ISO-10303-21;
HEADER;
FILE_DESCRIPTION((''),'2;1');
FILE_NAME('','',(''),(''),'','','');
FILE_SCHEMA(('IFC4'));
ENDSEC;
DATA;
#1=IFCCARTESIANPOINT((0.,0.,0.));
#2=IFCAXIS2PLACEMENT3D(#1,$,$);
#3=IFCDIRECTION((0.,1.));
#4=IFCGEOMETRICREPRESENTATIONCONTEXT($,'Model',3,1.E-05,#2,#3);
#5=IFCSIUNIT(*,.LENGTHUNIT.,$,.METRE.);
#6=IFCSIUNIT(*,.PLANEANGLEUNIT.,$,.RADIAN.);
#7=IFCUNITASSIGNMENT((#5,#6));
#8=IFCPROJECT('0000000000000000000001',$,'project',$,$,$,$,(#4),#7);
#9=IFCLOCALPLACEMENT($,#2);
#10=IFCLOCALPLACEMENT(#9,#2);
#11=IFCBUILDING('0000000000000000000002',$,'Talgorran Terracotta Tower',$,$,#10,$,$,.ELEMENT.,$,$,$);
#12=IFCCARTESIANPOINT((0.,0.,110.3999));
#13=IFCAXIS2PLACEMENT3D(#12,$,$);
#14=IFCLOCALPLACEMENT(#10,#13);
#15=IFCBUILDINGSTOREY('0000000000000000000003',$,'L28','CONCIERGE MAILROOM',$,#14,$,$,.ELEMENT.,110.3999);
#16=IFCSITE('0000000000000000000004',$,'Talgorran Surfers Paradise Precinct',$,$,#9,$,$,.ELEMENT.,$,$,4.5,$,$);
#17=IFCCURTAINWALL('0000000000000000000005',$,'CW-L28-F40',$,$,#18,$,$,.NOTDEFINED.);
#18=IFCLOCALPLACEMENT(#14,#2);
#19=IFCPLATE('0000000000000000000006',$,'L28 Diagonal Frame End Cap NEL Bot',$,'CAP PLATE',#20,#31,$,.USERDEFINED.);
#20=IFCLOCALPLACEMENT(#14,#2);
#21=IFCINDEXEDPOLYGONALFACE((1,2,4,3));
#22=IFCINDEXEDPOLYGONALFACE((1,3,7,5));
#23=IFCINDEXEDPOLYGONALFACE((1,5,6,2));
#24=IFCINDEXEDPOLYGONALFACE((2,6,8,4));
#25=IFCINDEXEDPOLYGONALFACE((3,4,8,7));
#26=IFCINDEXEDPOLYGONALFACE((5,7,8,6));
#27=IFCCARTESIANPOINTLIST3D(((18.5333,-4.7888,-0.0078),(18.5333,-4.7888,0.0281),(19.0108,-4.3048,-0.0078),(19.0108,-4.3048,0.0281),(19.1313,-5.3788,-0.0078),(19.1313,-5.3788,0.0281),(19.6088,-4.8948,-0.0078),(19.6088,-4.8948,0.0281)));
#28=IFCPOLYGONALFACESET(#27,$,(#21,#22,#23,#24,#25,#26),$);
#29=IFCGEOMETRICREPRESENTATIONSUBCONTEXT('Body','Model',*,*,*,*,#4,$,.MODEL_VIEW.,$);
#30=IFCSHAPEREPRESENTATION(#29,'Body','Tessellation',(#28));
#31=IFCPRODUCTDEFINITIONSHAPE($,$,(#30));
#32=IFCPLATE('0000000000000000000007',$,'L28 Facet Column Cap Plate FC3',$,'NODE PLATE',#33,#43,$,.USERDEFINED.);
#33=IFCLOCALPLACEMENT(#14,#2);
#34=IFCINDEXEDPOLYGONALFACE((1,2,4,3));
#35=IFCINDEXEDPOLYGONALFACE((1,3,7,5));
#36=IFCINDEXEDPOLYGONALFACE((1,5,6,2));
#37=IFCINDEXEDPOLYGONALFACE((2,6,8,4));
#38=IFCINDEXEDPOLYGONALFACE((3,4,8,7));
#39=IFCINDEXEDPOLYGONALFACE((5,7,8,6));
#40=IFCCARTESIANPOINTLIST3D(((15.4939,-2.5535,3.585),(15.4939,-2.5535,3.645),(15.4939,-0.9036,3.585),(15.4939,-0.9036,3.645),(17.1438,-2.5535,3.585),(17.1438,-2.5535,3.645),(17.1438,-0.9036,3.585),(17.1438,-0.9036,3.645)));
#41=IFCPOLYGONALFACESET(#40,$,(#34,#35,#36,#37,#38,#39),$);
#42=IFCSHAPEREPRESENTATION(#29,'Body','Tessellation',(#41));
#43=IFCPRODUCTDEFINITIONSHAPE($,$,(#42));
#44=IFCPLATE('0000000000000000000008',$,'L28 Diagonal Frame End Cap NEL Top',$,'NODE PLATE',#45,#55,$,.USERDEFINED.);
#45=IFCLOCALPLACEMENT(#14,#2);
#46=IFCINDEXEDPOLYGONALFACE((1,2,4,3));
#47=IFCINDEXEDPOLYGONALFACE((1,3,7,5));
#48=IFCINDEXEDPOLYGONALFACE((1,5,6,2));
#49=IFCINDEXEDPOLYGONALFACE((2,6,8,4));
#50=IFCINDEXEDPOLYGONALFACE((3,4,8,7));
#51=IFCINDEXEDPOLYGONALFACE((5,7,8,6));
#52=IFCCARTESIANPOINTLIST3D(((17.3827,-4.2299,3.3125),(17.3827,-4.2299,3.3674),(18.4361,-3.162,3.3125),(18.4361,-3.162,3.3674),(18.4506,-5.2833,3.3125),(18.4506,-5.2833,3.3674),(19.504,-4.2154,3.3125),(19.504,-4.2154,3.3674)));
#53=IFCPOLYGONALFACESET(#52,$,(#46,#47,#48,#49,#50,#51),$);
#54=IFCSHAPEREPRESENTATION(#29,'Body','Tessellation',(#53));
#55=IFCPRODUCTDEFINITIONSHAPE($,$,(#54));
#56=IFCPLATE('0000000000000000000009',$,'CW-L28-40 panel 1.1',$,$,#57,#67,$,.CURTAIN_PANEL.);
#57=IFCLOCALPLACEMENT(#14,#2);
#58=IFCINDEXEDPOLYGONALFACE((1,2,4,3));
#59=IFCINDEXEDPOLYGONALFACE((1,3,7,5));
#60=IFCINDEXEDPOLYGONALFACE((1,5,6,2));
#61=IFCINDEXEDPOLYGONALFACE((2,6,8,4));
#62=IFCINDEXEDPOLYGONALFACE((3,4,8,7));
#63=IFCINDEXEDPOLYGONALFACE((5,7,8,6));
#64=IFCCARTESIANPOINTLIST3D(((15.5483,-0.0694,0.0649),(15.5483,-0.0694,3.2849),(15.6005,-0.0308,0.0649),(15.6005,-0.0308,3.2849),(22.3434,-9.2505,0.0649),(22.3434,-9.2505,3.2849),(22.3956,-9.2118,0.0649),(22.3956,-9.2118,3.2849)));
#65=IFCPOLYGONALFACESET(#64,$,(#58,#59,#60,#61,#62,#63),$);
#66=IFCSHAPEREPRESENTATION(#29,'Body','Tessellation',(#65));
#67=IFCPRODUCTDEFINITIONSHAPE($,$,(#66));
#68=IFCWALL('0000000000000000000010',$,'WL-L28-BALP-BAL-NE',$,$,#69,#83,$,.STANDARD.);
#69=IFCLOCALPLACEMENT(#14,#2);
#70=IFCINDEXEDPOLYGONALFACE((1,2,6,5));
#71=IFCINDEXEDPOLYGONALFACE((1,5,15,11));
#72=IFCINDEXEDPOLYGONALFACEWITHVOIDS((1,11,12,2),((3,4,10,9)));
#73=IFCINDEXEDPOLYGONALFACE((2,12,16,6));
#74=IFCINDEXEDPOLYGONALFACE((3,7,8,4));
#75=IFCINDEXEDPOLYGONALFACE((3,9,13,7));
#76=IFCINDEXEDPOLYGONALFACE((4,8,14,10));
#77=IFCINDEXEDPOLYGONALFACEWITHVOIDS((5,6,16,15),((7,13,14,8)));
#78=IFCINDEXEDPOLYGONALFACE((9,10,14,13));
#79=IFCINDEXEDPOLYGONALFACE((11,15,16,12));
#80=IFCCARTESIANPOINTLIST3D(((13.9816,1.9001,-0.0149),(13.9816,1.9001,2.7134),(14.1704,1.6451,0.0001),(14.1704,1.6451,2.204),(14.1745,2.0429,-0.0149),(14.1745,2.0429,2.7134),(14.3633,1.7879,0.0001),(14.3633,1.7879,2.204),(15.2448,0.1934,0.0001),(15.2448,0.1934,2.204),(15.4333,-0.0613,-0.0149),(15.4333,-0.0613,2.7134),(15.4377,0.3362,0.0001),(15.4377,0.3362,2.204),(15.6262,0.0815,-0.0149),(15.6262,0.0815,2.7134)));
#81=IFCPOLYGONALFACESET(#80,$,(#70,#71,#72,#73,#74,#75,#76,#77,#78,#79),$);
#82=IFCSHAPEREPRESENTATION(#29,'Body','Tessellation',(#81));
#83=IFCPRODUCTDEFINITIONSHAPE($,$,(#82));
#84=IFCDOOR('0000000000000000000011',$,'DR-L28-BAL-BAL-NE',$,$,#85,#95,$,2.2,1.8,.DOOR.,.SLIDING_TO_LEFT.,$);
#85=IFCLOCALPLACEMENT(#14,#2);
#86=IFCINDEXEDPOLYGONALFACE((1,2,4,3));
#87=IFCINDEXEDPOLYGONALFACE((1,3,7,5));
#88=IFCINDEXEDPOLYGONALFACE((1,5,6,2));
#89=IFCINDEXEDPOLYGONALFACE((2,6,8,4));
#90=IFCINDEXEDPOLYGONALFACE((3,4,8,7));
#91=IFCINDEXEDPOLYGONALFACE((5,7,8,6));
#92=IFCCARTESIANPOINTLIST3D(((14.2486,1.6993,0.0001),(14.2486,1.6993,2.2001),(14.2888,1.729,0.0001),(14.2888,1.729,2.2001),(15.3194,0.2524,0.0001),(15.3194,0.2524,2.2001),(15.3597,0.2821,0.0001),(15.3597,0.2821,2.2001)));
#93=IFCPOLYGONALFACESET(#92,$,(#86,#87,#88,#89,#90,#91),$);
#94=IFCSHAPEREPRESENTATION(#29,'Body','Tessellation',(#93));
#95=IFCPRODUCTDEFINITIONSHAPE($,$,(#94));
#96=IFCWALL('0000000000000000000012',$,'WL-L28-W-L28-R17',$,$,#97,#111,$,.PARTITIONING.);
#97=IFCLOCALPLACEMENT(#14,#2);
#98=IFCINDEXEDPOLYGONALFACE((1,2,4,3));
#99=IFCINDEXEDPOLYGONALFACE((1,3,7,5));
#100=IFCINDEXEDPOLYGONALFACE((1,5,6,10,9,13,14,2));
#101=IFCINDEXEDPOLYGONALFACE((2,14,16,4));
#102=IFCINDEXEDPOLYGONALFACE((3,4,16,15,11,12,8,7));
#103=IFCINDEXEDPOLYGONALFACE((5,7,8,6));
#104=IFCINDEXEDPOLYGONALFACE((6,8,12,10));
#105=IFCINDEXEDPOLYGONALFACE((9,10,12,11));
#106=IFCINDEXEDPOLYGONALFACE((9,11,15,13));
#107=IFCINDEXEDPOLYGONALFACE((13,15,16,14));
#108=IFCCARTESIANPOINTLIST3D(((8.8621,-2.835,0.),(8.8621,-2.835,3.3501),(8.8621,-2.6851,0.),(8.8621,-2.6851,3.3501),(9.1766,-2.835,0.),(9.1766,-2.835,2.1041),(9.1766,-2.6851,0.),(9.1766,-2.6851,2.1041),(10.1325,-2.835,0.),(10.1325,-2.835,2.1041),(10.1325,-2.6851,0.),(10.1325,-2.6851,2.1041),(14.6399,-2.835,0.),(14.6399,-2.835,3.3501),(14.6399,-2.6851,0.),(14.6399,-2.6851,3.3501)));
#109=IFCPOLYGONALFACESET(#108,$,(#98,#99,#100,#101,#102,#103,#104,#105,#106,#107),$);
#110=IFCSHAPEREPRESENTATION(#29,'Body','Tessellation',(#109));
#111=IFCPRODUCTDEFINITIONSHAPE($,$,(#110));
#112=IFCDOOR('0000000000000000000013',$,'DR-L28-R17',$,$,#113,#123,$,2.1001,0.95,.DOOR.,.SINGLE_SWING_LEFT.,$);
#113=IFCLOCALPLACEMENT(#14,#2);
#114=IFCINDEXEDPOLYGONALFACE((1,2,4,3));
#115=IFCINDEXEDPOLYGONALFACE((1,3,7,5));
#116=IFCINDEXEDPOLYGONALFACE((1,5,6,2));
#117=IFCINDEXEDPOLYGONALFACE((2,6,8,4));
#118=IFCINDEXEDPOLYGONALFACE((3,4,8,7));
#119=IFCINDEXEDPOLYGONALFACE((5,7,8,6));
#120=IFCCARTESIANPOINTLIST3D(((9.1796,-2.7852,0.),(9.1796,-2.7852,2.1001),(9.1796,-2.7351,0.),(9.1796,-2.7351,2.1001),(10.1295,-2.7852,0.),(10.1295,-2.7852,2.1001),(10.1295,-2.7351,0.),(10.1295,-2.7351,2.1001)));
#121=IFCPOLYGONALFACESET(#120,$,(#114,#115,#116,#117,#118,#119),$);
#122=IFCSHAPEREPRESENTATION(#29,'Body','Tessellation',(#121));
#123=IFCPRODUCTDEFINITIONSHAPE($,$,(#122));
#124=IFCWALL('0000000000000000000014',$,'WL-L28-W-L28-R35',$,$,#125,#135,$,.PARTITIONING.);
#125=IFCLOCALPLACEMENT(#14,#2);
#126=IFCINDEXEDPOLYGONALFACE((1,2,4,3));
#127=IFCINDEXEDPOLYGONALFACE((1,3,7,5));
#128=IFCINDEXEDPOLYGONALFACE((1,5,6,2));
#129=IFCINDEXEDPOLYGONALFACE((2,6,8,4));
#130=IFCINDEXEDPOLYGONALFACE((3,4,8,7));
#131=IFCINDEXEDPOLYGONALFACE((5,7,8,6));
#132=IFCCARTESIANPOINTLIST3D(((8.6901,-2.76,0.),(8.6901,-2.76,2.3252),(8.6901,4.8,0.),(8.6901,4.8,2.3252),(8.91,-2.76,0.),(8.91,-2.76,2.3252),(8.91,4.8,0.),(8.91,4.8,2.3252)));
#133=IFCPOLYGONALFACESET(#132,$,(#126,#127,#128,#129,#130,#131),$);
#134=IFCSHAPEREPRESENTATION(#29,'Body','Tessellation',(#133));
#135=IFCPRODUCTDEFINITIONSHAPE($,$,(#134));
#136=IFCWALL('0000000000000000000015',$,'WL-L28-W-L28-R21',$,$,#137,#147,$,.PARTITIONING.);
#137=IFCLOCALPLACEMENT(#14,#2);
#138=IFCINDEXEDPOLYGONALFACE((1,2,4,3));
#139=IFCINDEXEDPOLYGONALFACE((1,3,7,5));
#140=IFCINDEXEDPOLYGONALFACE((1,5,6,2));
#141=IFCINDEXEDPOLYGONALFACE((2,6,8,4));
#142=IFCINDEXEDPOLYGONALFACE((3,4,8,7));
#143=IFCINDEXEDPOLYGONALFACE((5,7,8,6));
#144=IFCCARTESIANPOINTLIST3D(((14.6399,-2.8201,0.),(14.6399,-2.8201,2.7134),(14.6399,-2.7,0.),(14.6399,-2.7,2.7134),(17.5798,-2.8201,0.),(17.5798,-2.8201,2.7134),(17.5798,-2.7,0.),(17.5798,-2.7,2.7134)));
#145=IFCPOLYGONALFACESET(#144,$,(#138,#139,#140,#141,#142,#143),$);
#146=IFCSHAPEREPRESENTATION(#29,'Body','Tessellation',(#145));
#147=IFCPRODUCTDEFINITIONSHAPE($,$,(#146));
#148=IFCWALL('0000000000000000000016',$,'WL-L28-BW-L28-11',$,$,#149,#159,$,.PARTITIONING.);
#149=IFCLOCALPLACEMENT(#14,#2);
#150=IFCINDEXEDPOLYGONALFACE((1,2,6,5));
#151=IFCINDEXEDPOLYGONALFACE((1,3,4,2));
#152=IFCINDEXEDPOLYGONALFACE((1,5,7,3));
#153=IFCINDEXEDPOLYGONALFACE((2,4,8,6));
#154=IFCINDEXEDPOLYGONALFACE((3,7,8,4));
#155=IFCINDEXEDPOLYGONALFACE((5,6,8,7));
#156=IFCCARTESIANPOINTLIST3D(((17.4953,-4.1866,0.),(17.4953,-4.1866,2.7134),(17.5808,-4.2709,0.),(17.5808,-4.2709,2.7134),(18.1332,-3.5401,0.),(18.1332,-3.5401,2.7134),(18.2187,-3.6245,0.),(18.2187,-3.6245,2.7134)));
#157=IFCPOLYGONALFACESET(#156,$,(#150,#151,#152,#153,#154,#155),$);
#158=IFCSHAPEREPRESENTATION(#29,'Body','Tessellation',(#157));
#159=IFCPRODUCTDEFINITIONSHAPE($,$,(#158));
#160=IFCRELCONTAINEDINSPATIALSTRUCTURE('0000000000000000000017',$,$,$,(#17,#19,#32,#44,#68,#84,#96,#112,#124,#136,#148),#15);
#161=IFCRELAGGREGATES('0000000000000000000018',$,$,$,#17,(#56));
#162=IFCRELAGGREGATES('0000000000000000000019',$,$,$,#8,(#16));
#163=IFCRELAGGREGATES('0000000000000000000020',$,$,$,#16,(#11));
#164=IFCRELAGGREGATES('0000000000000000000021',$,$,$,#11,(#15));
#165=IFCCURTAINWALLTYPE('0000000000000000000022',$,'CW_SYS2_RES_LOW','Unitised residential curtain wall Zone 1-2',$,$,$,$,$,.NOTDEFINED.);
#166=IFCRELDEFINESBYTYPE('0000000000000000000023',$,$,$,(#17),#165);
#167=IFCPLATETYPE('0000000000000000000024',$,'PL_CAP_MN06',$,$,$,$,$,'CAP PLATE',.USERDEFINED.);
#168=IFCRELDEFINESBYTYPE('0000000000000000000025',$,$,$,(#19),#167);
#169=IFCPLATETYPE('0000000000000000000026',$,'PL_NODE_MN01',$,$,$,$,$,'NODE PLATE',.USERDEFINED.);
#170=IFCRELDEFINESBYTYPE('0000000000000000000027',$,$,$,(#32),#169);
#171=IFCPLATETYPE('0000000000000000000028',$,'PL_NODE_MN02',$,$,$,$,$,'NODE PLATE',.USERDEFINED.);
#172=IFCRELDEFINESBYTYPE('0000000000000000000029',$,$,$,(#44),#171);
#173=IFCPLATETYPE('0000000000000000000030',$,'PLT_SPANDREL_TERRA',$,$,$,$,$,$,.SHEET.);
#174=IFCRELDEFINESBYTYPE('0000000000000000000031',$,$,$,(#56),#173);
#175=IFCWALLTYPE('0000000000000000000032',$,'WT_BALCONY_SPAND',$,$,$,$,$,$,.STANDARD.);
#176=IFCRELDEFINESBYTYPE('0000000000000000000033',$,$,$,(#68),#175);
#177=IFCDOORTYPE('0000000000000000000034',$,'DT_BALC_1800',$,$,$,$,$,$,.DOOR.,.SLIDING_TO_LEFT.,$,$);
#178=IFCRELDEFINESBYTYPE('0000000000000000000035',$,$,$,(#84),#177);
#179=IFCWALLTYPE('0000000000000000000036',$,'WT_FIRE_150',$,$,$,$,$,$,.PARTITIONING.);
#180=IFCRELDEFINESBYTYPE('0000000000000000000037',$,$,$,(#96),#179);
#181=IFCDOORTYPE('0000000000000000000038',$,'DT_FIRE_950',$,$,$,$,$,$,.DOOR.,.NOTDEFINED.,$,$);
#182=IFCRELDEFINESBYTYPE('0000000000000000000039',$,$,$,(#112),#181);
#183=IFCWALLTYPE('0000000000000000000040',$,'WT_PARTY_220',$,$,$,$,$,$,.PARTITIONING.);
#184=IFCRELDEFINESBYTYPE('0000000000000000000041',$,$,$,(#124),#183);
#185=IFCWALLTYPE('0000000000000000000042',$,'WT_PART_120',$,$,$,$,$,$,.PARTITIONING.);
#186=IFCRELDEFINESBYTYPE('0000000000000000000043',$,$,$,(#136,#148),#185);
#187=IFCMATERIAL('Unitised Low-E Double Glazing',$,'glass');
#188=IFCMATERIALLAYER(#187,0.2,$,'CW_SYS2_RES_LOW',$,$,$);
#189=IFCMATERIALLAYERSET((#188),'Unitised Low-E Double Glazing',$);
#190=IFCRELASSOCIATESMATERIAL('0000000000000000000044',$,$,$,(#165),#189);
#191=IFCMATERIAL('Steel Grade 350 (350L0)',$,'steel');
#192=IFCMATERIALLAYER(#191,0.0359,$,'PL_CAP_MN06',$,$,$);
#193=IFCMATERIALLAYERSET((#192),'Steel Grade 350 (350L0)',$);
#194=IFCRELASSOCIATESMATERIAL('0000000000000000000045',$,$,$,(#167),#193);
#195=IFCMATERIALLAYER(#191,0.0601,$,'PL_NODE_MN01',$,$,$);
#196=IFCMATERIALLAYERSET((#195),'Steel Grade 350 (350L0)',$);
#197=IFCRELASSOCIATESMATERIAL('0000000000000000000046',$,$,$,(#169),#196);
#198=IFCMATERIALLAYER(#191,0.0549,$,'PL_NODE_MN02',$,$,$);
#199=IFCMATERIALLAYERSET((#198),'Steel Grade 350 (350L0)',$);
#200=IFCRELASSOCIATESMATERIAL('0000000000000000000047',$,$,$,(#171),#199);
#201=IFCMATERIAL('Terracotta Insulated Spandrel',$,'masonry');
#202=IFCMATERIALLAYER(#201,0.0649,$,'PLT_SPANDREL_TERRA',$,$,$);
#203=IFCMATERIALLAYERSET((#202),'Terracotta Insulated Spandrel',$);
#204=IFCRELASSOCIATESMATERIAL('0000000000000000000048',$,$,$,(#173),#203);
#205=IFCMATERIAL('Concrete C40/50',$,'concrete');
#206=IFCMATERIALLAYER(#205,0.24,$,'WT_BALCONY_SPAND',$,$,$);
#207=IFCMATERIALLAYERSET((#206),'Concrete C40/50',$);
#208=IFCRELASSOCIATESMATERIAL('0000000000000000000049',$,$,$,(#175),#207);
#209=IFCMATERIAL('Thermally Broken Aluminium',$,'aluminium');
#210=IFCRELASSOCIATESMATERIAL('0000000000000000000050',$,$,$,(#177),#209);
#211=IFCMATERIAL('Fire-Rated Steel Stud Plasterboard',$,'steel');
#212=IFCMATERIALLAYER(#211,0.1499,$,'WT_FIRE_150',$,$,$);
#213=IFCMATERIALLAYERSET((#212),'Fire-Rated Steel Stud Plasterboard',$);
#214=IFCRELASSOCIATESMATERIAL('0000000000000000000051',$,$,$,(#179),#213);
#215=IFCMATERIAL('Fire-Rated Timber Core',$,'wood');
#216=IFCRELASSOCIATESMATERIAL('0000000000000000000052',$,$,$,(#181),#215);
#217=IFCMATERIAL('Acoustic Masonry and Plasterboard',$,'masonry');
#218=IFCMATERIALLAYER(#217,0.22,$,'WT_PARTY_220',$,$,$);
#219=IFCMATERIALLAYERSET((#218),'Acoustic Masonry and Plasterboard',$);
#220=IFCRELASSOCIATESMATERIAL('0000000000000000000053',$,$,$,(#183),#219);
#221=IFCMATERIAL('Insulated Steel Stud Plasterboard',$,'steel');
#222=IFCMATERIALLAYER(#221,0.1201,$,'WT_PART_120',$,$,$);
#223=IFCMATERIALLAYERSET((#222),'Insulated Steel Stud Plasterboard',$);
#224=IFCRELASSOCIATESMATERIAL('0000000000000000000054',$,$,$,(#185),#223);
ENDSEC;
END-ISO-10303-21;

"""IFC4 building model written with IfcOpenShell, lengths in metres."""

from ifc_helpers import new_model, si_unit, direction, frame, frame_2d, origin, origin_2d, place, context, subcontext, project, spatial, rectangle, extrude, source, transform, mapped, material, layer, layer_set, type_object, type_shapes, element, fill, aggregate, save


model = new_model("IFC4")

# Units and contexts
model_context = context("Model", 3, precision=1e-05, world=origin(), true_north=direction((0.0, 1.0)))
body_context = subcontext(model_context, "Body", "Model", "MODEL_VIEW")
ifc_project = project(units=[si_unit("LENGTHUNIT", "METRE"), si_unit("PLANEANGLEUNIT", "RADIAN")], contexts=[model_context])

# Site, building, storey
site_placement = place(None, origin())
site = spatial("IfcSite", under=ifc_project, at=site_placement, Name="Talgorran Surfers Paradise Precinct", CompositionType="ELEMENT", RefElevation=4.5)
building_placement = place(site_placement, origin())
building = spatial("IfcBuilding", under=site, at=building_placement, Name="Talgorran Terracotta Tower", CompositionType="ELEMENT")
storey_placement = place(building_placement, frame((0.0, 0.0, 110.3999)))
storey = spatial("IfcBuildingStorey", under=building, at=storey_placement, Name="L28", Description="CONCIERGE MAILROOM", CompositionType="ELEMENT", Elevation=110.3999)

# Shared definitions
ifc_material_1 = material(Name="Steel Grade 350 (350L0)", Category="steel")

# Curtain wall
ifc_material_2 = material(Name="Unitised Low-E Double Glazing", Category="glass")
ifc_layer_1 = layer(ifc_material_2, 0.2, Name="CW_SYS2_RES_LOW")
ifc_layer_set_1 = layer_set([ifc_layer_1], Name="Unitised Low-E Double Glazing")
curtain_wall_type = type_object("IfcCurtainWallType", Name="CW_SYS2_RES_LOW", Description="Unitised residential curtain wall Zone 1-2", PredefinedType="NOTDEFINED", material=ifc_layer_set_1)
curtain_wall_1_placement = place(storey_placement, origin())
curtain_wall_1 = element("IfcCurtainWall", 1, at=curtain_wall_1_placement, inside=storey, type_object=curtain_wall_type, Name="CW-L28-F40", PredefinedType="NOTDEFINED")

# Plates
ifc_layer_2 = layer(ifc_material_1, 0.0359, Name="PL_CAP_MN06")
ifc_layer_set_2 = layer_set([ifc_layer_2], Name="Steel Grade 350 (350L0)")
plate_type_1 = type_object("IfcPlateType", Name="PL_CAP_MN06", ElementType="CAP PLATE", PredefinedType="USERDEFINED", material=ifc_layer_set_2)
plate_1_placement = place(storey_placement, frame((19.071, -4.8418, -0.0078), z_axis=(0.0, 0.0, 1.0), x_axis=(-0.711903, 0.702277, 0.0)))
element("IfcPlate", 2, at=plate_1_placement, inside=storey, type_object=plate_type_1, Name="L28 Diagonal Frame End Cap NEL Bot", ObjectType="CAP PLATE", PredefinedType="USERDEFINED", context=body_context, shape_type="SweptSolid", body=[
    extrude(rectangle(XDim=0.8401, YDim=0.6799, at=origin_2d()), origin(), (0.0, 0.0, 1.0), 0.0359),
])
ifc_layer_3 = layer(ifc_material_1, 0.0601, Name="PL_NODE_MN01")
ifc_layer_set_3 = layer_set([ifc_layer_3], Name="Steel Grade 350 (350L0)")
plate_type_2 = type_object("IfcPlateType", Name="PL_NODE_MN01", ElementType="NODE PLATE", PredefinedType="USERDEFINED", material=ifc_layer_set_3)
plate_2_placement = place(storey_placement, frame((16.3188, -1.7285, 3.585), z_axis=(0.0, 0.0, 1.0), x_axis=(1.0, 0.0, 0.0)))
element("IfcPlate", 3, at=plate_2_placement, inside=storey, type_object=plate_type_2, Name="L28 Facet Column Cap Plate FC3", ObjectType="NODE PLATE", PredefinedType="USERDEFINED", context=body_context, shape_type="SweptSolid", body=[
    extrude(rectangle(XDim=1.6499, YDim=1.6499, at=origin_2d()), origin(), (0.0, 0.0, 1.0), 0.0601),
])
ifc_layer_4 = layer(ifc_material_1, 0.0549, Name="PL_NODE_MN02")
ifc_layer_set_4 = layer_set([ifc_layer_4], Name="Steel Grade 350 (350L0)")
plate_type_3 = type_object("IfcPlateType", Name="PL_NODE_MN02", ElementType="NODE PLATE", PredefinedType="USERDEFINED", material=ifc_layer_set_4)
plate_3_placement = place(storey_placement, frame((18.4434, -4.2227, 3.3125), z_axis=(0.0, 0.0, 1.0), x_axis=(-0.711903, 0.702277, 0.0)))
element("IfcPlate", 4, at=plate_3_placement, inside=storey, type_object=plate_type_3, Name="L28 Diagonal Frame End Cap NEL Top", ObjectType="NODE PLATE", PredefinedType="USERDEFINED", context=body_context, shape_type="SweptSolid", body=[
    extrude(rectangle(XDim=1.5, YDim=1.5, at=origin_2d()), origin(), (0.0, 0.0, 1.0), 0.0549),
])

# Plate
ifc_material_3 = material(Name="Terracotta Insulated Spandrel", Category="masonry")
ifc_layer_5 = layer(ifc_material_3, 0.0649, Name="PLT_SPANDREL_TERRA")
ifc_layer_set_5 = layer_set([ifc_layer_5], Name="Terracotta Insulated Spandrel")
plate_type_4 = type_object("IfcPlateType", Name="PLT_SPANDREL_TERRA", PredefinedType="SHEET", material=ifc_layer_set_5)
shared_shape = source(origin(), body_context, "Body", "SweptSolid", [
    extrude(rectangle(XDim=11.4221, YDim=0.0649, at=origin_2d()), origin(), (0.0, 0.0, 1.0), 3.22),
])
type_shapes(plate_type_4, [shared_shape])
plate_4_placement = place(storey_placement, frame((18.9719, -4.6406, 0.0649), z_axis=(0.0, 0.0, 1.0), x_axis=(-0.594906, 0.803795, 0.0)))
plate_4 = element("IfcPlate", 5, at=plate_4_placement, type_object=plate_type_4, Name="CW-L28-40 panel 1.1", PredefinedType="CURTAIN_PANEL", context=body_context, shape_type="MappedRepresentation", body=[
    mapped(shared_shape, transform((0.0, 0.0, 0.0), scale=1.0)),
])
aggregate(curtain_wall_1, [plate_4])

# Walls, openings, doors
ifc_material_4 = material(Name="Concrete C40/50", Category="concrete")
ifc_layer_6 = layer(ifc_material_4, 0.24, Name="WT_BALCONY_SPAND")
ifc_layer_set_6 = layer_set([ifc_layer_6], Name="Concrete C40/50")
wall_type_1 = type_object("IfcWallType", Name="WT_BALCONY_SPAND", PredefinedType="STANDARD", material=ifc_layer_set_6)
wall_1_placement = place(storey_placement, frame((15.5298, 0.01, -0.0149), z_axis=(0.0, 0.0, 1.0), x_axis=(-0.594897, 0.803802, 0.0)))
wall_1 = element("IfcWall", 6, at=wall_1_placement, inside=storey, type_object=wall_type_1, Name="WL-L28-BALP-BAL-NE", PredefinedType="STANDARD", context=body_context, shape_type="SweptSolid", body=[
    extrude(rectangle(XDim=2.4402, YDim=0.24, at=frame_2d((1.2202, 0.0))), origin(), (0.0, 0.0, 1.0), 2.7283),
])
opening_1_placement = place(wall_1_placement, frame((0.3201, 0.0, 0.0149)))
opening_1 = element("IfcOpeningElement", 7, at=opening_1_placement, cuts=wall_1, PredefinedType="OPENING", context=body_context, shape_type="SweptSolid", body=[
    extrude(rectangle(XDim=1.806, YDim=2.204, at=frame_2d((0.8999, 1.1021))), frame((0.0, 0.1299, 0.0), z_axis=(0.0, -1.0, 0.0), x_axis=(1.0, 0.0, 0.0)), (0.0, 0.0, 1.0), 0.26),
])
ifc_material_5 = material(Name="Thermally Broken Aluminium", Category="aluminium")
door_type_1 = type_object("IfcDoorType", Name="DT_BALC_1800", OperationType="SLIDING_TO_LEFT", PredefinedType="DOOR", material=ifc_material_5)
door_1_placement = place(opening_1_placement, origin())
door_1 = element("IfcDoor", 8, at=door_1_placement, inside=storey, type_object=door_type_1, Name="DR-L28-BAL-BAL-NE", OperationType="SLIDING_TO_LEFT", OverallHeight=2.2, OverallWidth=1.8, PredefinedType="DOOR", context=body_context, shape_type="SweptSolid", body=[
    extrude(rectangle(XDim=1.8, YDim=2.2, at=frame_2d((0.8999, 1.1001))), frame((0.0, 0.0249, 0.0), z_axis=(0.0, -1.0, 0.0), x_axis=(1.0, 0.0, 0.0)), (0.0, 0.0, 1.0), 0.05),
])
fill(opening_1, door_1)
ifc_material_6 = material(Name="Fire-Rated Steel Stud Plasterboard", Category="steel")
ifc_layer_7 = layer(ifc_material_6, 0.1499, Name="WT_FIRE_150")
ifc_layer_set_7 = layer_set([ifc_layer_7], Name="Fire-Rated Steel Stud Plasterboard")
wall_type_2 = type_object("IfcWallType", Name="WT_FIRE_150", PredefinedType="PARTITIONING", material=ifc_layer_set_7)
wall_2_placement = place(storey_placement, frame((8.8621, -2.76, 0.0), z_axis=(0.0, 0.0, 1.0), x_axis=(1.0, 0.0, 0.0)))
wall_2 = element("IfcWall", 9, at=wall_2_placement, inside=storey, type_object=wall_type_2, Name="WL-L28-W-L28-R17", PredefinedType="PARTITIONING", context=body_context, shape_type="SweptSolid", body=[
    extrude(rectangle(XDim=5.7778, YDim=0.1499, at=frame_2d((2.8889, 0.0))), origin(), (0.0, 0.0, 1.0), 3.3501),
])
opening_2_placement = place(wall_2_placement, frame((0.3174, 0.0, 0.0)))
opening_2 = element("IfcOpeningElement", 10, at=opening_2_placement, cuts=wall_2, PredefinedType="OPENING", context=body_context, shape_type="SweptSolid", body=[
    extrude(rectangle(XDim=0.956, YDim=2.1041, at=frame_2d((0.4751, 1.052))), frame((0.0, 0.085, 0.0), z_axis=(0.0, -1.0, 0.0), x_axis=(1.0, 0.0, 0.0)), (0.0, 0.0, 1.0), 0.1699),
])
ifc_material_7 = material(Name="Fire-Rated Timber Core", Category="wood")
door_type_2 = type_object("IfcDoorType", Name="DT_FIRE_950", OperationType="NOTDEFINED", PredefinedType="DOOR", material=ifc_material_7)
door_2_placement = place(opening_2_placement, origin())
door_2 = element("IfcDoor", 11, at=door_2_placement, inside=storey, type_object=door_type_2, Name="DR-L28-R17", OperationType="SINGLE_SWING_LEFT", OverallHeight=2.1001, OverallWidth=0.95, PredefinedType="DOOR", context=body_context, shape_type="SweptSolid", body=[
    extrude(rectangle(XDim=0.95, YDim=2.1001, at=frame_2d((0.4751, 1.05))), frame((0.0, 0.0249, 0.0), z_axis=(0.0, -1.0, 0.0), x_axis=(1.0, 0.0, 0.0)), (0.0, 0.0, 1.0), 0.05),
])
fill(opening_2, door_2)

# Walls
ifc_material_8 = material(Name="Acoustic Masonry and Plasterboard", Category="masonry")
ifc_layer_8 = layer(ifc_material_8, 0.22, Name="WT_PARTY_220")
ifc_layer_set_8 = layer_set([ifc_layer_8], Name="Acoustic Masonry and Plasterboard")
wall_type_3 = type_object("IfcWallType", Name="WT_PARTY_220", PredefinedType="PARTITIONING", material=ifc_layer_set_8)
wall_3_placement = place(storey_placement, frame((8.8, -2.76, 0.0), z_axis=(0.0, 0.0, 1.0), x_axis=(0.0, 1.0, 0.0)))
element("IfcWall", 12, at=wall_3_placement, inside=storey, type_object=wall_type_3, Name="WL-L28-W-L28-R35", PredefinedType="PARTITIONING", context=body_context, shape_type="SweptSolid", body=[
    extrude(rectangle(XDim=7.5601, YDim=0.22, at=frame_2d((3.78, 0.0))), origin(), (0.0, 0.0, 1.0), 2.3252),
])
ifc_material_9 = material(Name="Insulated Steel Stud Plasterboard", Category="steel")
ifc_layer_9 = layer(ifc_material_9, 0.1201, Name="WT_PART_120")
ifc_layer_set_9 = layer_set([ifc_layer_9], Name="Insulated Steel Stud Plasterboard")
wall_type_4 = type_object("IfcWallType", Name="WT_PART_120", PredefinedType="PARTITIONING", material=ifc_layer_set_9)
wall_4_placement = place(storey_placement, frame((14.6399, -2.76, 0.0), z_axis=(0.0, 0.0, 1.0), x_axis=(1.0, 0.0, 0.0)))
element("IfcWall", 13, at=wall_4_placement, inside=storey, type_object=wall_type_4, Name="WL-L28-W-L28-R21", PredefinedType="PARTITIONING", context=body_context, shape_type="SweptSolid", body=[
    extrude(rectangle(XDim=2.9399, YDim=0.1201, at=frame_2d((1.47, 0.0))), origin(), (0.0, 0.0, 1.0), 2.7134),
])
wall_5_placement = place(storey_placement, frame((17.5381, -4.2288, 0.0), z_axis=(0.0, 0.0, 1.0), x_axis=(0.702387, 0.711795, 0.0)))
element("IfcWall", 14, at=wall_5_placement, inside=storey, type_object=wall_type_4, Name="WL-L28-BW-L28-11", PredefinedType="PARTITIONING", context=body_context, shape_type="SweptSolid", body=[
    extrude(rectangle(XDim=0.9082, YDim=0.1201, at=frame_2d((0.4541, 0.0))), origin(), (0.0, 0.0, 1.0), 2.7134),
])

save(model, "model.ifc")
